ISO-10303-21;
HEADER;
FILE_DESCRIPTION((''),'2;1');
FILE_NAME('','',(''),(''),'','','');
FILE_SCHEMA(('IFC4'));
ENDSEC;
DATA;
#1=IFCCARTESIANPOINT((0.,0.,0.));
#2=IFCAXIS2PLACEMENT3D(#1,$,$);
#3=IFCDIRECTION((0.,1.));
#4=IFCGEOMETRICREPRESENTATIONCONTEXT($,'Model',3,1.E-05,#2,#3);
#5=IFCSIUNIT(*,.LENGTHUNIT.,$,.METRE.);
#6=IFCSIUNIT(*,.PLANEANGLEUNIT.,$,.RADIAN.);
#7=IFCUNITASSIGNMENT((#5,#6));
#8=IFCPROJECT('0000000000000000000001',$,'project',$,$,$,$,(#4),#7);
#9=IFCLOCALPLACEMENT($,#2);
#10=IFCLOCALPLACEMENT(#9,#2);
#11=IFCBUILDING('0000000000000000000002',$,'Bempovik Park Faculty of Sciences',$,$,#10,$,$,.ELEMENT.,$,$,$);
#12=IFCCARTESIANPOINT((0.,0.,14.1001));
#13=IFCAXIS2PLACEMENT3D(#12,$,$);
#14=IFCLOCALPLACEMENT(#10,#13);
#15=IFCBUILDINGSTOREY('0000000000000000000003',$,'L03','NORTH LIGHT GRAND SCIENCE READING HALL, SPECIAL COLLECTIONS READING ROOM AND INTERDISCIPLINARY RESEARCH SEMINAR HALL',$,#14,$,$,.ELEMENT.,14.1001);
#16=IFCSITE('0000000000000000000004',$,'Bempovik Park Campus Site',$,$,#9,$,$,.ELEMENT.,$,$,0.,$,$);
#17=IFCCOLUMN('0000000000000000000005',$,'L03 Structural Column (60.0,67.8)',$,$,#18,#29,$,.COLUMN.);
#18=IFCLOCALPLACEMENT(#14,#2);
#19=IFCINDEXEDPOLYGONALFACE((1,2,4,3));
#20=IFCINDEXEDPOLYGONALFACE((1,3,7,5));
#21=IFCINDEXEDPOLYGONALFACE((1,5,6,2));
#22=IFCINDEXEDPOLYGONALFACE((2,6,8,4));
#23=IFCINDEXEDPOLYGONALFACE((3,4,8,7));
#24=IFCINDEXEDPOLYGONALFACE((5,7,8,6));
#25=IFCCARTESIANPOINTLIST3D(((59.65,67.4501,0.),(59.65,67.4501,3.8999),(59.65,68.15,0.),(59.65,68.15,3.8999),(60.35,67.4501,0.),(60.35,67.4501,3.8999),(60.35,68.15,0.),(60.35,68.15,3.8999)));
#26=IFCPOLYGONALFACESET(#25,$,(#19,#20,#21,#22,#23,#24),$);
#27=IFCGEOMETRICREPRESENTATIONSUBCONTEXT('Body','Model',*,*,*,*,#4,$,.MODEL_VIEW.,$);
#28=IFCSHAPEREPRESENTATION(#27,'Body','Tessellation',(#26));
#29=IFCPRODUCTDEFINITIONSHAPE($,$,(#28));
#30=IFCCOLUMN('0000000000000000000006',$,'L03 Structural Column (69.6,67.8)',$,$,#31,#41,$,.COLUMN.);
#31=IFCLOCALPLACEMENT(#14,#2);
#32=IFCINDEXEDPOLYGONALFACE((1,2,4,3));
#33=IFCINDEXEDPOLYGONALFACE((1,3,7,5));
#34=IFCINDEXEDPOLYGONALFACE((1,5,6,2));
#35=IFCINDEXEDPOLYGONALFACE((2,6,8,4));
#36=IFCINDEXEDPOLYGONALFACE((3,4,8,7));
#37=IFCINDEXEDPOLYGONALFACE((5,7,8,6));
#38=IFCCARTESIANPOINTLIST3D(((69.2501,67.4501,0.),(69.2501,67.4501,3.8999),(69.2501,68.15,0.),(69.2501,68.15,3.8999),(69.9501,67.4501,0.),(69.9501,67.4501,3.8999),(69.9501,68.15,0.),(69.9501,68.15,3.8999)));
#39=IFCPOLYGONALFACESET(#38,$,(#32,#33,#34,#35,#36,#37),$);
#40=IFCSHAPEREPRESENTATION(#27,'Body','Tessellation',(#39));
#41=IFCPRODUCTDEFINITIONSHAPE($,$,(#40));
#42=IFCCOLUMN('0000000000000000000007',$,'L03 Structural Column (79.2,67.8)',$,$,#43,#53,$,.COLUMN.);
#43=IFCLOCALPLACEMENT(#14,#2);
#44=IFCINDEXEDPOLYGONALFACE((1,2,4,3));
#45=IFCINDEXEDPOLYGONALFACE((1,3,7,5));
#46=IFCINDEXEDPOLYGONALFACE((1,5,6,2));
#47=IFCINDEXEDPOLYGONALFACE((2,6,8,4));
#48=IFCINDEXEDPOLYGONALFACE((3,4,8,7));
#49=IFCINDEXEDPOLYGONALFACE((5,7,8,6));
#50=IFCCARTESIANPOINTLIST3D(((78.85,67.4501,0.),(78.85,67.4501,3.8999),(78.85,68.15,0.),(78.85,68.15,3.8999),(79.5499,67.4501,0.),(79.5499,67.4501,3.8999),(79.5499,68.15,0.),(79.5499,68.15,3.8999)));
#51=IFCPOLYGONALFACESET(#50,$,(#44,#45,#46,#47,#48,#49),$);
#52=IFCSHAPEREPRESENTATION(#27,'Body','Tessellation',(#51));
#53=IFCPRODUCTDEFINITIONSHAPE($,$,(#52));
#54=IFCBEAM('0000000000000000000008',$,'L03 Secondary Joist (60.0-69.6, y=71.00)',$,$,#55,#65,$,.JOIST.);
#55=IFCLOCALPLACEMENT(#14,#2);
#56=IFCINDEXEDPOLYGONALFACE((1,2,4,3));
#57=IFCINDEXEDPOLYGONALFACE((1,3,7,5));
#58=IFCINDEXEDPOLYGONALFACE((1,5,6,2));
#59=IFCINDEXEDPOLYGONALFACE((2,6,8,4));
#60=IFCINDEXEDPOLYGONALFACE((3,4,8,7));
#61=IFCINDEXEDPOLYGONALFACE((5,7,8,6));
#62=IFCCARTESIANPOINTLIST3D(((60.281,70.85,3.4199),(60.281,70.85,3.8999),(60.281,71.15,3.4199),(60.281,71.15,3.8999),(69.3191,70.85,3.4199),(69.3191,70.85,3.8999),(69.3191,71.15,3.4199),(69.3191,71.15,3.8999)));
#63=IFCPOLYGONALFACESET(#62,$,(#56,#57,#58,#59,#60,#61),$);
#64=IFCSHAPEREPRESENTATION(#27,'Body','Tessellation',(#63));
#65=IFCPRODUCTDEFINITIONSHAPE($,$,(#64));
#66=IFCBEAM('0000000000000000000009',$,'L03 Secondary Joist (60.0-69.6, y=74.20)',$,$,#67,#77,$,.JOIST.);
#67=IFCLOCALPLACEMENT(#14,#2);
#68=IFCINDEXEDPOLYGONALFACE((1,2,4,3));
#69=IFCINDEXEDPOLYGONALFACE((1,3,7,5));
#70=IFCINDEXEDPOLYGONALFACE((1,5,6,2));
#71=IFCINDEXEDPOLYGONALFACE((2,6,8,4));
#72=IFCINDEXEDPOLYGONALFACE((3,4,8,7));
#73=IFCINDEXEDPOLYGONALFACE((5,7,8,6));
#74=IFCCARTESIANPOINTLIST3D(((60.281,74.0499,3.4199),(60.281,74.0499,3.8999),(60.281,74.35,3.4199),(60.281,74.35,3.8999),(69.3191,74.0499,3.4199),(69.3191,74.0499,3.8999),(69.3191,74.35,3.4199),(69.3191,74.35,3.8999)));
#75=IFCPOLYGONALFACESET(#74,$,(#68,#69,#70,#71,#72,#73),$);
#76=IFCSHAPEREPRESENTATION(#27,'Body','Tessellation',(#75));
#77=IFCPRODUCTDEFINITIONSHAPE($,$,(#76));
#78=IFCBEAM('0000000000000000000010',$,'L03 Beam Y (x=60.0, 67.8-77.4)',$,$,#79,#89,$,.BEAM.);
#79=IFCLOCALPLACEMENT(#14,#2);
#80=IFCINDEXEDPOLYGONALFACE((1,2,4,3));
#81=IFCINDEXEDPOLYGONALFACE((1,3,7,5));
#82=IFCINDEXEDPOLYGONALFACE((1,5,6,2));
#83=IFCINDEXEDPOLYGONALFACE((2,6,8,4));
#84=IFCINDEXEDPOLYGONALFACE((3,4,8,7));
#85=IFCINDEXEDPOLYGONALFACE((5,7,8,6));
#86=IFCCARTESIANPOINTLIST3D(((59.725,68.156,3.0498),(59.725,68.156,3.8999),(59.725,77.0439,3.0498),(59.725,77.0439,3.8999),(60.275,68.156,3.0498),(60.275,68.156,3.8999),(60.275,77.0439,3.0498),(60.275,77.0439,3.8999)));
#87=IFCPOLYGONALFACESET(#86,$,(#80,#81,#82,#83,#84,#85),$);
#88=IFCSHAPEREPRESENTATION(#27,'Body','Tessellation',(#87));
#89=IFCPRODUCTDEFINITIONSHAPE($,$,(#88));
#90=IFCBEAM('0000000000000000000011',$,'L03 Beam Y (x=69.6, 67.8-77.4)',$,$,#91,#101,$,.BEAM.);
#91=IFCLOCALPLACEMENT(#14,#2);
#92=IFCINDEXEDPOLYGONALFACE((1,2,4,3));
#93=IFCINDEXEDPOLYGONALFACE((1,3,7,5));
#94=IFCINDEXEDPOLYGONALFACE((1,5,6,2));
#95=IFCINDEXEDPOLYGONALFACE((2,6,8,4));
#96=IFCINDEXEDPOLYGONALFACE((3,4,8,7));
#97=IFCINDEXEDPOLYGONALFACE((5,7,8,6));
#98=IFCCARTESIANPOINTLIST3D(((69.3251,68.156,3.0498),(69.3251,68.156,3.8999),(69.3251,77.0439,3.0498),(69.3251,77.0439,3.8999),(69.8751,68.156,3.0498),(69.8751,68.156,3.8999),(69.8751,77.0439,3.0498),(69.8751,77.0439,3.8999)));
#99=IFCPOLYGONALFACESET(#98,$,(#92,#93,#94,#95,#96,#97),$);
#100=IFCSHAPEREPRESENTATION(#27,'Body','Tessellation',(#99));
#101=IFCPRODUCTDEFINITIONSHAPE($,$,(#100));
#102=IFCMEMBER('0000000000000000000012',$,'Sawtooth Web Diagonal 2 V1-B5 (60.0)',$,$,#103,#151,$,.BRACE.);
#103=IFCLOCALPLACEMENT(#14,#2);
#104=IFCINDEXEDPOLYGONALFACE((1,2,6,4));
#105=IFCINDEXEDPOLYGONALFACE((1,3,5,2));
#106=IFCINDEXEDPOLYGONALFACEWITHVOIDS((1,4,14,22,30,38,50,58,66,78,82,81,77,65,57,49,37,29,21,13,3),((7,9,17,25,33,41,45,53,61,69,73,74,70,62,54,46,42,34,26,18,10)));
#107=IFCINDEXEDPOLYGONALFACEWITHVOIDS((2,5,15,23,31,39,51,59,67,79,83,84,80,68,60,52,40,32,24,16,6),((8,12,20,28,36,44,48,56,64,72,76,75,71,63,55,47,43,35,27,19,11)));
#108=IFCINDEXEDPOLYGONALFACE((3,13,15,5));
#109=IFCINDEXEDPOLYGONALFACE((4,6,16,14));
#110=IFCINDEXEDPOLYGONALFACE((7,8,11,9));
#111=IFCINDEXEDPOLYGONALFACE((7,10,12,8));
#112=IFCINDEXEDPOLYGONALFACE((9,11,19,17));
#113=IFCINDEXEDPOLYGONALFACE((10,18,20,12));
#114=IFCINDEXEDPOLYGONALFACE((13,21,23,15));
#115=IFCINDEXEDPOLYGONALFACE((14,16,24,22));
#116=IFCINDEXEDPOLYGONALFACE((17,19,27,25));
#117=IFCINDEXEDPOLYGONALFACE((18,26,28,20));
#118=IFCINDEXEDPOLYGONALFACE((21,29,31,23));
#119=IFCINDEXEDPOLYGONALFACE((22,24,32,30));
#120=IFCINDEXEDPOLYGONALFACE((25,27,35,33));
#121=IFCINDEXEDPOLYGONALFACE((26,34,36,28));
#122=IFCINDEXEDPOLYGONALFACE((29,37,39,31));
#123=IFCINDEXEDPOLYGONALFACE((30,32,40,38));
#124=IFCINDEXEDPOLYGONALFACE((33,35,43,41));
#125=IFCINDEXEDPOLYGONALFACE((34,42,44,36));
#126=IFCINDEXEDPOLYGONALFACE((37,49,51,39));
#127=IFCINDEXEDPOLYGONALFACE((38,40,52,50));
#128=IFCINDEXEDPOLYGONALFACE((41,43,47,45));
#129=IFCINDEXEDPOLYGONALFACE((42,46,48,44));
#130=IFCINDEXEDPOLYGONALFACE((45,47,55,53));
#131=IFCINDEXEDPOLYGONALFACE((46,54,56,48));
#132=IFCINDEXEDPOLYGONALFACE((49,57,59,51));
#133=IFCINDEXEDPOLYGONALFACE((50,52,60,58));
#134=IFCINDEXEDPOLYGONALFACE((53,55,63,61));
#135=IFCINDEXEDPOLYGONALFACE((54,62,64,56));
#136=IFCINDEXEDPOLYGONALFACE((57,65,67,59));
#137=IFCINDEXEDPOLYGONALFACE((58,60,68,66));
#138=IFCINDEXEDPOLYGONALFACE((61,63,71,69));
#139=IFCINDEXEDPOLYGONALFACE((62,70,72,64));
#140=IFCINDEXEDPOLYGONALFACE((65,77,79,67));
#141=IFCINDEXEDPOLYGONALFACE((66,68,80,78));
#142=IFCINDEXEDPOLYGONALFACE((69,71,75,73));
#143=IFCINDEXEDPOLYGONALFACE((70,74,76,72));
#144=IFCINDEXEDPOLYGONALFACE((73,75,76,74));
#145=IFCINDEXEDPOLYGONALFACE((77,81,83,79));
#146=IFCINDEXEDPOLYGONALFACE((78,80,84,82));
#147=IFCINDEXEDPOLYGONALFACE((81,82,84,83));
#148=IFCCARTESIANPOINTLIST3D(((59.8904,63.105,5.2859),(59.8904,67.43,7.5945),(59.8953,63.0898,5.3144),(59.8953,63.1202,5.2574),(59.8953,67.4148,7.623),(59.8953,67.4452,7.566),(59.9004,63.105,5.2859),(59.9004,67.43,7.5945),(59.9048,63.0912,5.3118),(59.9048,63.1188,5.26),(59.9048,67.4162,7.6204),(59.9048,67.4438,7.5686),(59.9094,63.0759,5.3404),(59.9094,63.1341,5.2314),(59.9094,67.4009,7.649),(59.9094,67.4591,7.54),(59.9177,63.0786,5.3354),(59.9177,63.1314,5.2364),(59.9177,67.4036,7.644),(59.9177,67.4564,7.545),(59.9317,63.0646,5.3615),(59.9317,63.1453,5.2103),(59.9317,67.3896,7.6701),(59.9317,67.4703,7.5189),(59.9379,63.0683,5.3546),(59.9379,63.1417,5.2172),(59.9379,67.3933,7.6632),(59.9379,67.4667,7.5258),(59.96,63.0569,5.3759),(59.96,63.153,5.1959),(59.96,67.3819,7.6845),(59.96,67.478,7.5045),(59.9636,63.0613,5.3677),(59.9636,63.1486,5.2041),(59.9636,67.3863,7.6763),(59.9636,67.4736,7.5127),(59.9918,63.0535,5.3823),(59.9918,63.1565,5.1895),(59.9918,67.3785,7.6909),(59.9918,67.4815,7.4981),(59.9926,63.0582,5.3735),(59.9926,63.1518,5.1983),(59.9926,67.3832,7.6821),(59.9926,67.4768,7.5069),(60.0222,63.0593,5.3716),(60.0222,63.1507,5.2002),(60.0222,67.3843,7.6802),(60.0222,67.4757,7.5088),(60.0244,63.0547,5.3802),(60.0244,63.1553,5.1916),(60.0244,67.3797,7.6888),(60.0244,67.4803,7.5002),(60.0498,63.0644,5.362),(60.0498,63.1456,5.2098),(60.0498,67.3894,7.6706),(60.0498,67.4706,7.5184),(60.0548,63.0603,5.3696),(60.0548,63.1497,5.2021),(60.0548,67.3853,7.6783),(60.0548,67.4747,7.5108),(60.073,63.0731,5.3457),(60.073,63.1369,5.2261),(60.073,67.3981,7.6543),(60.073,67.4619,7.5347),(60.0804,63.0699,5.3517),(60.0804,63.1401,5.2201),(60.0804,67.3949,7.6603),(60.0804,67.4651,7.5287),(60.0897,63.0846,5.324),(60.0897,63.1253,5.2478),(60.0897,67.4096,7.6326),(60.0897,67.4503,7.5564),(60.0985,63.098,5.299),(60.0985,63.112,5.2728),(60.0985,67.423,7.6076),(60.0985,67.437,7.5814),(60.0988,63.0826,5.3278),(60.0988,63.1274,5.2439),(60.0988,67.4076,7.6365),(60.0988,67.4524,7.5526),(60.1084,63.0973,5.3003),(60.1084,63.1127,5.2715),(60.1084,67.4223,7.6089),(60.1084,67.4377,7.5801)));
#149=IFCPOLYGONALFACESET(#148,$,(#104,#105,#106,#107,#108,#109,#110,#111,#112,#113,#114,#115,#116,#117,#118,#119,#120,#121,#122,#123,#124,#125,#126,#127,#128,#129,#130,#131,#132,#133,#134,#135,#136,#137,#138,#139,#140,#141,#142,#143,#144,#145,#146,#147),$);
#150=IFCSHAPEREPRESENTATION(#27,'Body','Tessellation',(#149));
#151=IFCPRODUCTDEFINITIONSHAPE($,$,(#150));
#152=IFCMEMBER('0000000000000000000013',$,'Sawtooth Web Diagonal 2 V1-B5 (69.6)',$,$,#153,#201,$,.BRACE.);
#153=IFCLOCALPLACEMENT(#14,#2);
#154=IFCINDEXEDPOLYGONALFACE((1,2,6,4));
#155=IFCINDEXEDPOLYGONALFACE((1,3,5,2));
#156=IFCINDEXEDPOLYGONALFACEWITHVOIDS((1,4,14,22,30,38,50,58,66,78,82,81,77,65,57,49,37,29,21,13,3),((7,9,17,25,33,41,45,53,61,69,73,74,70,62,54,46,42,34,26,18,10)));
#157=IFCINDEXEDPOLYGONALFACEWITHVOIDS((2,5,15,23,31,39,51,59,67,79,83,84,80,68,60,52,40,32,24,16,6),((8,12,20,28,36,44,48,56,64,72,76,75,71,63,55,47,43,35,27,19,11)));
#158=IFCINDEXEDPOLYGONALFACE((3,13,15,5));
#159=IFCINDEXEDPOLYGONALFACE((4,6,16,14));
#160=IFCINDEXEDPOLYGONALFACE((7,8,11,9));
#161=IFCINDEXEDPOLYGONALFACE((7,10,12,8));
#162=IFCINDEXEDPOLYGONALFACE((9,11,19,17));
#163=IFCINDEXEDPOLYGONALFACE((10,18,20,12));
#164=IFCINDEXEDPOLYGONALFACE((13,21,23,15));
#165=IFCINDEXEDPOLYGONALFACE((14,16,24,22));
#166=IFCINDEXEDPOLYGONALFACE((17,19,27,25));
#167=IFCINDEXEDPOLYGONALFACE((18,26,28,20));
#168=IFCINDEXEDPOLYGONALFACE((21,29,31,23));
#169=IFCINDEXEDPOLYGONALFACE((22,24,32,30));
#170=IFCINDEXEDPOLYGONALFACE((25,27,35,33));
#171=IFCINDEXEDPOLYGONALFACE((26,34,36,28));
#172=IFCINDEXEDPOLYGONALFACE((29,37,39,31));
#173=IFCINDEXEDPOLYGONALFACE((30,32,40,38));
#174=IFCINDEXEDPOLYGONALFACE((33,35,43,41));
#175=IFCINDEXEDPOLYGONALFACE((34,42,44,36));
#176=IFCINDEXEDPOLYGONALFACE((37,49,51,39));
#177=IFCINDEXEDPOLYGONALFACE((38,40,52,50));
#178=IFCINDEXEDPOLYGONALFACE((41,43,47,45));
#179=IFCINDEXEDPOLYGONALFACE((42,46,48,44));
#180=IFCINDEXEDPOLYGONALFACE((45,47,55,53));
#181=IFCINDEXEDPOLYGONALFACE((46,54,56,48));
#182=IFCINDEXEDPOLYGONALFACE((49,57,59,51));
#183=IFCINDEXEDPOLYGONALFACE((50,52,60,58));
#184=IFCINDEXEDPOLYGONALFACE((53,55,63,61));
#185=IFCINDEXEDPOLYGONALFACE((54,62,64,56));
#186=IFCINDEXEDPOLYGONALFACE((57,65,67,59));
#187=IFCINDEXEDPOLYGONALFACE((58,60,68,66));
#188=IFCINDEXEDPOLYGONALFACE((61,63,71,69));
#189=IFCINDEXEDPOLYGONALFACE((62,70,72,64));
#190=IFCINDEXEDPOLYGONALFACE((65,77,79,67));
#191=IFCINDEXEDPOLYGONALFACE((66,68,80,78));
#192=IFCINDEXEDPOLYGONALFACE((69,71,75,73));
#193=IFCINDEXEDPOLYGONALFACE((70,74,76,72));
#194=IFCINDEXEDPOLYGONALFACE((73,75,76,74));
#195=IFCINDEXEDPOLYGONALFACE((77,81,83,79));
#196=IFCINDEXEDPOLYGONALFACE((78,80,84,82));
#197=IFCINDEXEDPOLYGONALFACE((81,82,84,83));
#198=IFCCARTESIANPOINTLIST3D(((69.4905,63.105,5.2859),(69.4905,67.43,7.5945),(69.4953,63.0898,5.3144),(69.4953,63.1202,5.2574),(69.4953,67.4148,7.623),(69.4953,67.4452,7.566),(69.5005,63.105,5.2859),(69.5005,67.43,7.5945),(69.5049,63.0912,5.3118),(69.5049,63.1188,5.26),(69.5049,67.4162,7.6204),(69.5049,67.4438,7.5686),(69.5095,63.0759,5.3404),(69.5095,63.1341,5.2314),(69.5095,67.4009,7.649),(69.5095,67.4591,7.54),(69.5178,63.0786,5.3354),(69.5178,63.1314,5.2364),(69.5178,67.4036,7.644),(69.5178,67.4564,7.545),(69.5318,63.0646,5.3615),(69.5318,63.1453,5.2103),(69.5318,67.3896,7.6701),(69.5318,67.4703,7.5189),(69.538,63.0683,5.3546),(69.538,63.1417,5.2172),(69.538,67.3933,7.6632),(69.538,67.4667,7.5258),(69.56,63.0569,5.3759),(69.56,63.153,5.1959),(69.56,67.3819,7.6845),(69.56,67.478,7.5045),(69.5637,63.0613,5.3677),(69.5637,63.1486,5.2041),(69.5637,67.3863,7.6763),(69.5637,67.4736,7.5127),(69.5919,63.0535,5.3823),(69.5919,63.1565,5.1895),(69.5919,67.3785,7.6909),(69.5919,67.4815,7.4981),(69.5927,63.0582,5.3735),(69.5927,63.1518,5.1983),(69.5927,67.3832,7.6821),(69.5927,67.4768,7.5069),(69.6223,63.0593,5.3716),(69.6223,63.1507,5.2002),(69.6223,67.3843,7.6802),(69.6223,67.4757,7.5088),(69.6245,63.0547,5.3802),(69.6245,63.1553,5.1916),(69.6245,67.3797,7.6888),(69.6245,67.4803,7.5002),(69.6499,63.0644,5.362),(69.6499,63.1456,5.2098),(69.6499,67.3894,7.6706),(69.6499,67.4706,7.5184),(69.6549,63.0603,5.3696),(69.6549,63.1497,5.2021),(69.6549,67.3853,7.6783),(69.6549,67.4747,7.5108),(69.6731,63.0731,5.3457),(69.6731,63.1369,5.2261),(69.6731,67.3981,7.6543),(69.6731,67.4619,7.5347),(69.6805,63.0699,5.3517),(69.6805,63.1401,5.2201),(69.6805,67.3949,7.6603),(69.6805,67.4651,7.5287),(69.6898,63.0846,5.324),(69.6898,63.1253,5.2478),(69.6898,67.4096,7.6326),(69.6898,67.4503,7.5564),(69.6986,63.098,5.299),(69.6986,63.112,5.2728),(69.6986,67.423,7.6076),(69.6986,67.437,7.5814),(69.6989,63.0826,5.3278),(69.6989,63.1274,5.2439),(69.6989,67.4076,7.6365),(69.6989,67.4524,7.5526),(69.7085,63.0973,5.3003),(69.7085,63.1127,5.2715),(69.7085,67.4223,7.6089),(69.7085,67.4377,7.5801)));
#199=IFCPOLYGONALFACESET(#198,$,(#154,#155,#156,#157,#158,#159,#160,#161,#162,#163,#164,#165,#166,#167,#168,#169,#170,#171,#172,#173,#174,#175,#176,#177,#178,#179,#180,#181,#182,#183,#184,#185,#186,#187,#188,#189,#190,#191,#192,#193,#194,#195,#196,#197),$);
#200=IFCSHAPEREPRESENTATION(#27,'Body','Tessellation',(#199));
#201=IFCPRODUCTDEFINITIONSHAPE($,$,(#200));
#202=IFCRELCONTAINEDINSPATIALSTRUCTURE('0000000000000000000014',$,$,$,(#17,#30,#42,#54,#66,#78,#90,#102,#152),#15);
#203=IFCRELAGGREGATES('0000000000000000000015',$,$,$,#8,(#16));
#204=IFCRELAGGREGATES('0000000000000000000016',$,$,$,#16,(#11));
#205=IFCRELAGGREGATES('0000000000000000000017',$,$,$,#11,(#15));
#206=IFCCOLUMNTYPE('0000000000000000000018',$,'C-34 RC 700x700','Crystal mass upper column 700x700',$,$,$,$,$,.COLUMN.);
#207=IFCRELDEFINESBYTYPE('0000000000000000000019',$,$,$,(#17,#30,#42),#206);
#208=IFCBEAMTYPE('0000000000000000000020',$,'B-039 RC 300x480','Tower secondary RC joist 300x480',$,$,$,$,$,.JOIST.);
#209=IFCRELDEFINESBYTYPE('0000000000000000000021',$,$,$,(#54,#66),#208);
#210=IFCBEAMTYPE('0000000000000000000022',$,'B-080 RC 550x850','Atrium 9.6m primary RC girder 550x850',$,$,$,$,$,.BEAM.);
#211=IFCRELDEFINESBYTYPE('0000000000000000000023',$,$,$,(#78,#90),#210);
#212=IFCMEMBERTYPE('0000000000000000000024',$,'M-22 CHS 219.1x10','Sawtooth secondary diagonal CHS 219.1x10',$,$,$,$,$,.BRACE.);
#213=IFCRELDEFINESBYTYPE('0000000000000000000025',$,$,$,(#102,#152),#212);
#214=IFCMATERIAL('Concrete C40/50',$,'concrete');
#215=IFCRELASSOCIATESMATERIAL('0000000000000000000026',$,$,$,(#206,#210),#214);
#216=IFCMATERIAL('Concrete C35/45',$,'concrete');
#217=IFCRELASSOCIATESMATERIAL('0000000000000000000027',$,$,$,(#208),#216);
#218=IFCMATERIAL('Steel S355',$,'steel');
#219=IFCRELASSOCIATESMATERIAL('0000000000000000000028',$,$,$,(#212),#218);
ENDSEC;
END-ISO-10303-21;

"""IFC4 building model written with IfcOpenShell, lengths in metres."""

from ifc_helpers import new_model, si_unit, direction, frame, origin, origin_2d, place, context, subcontext, project, spatial, rectangle, hollow_circle, extrude, material, material_profile, profile_set, type_object, element, save


model = new_model("IFC4")

# Units and contexts
model_context = context("Model", 3, precision=1e-05, world=origin(), true_north=direction((0.0, 1.0)))
body_context = subcontext(model_context, "Body", "Model", "MODEL_VIEW")
ifc_project = project(units=[si_unit("LENGTHUNIT", "METRE"), si_unit("PLANEANGLEUNIT", "RADIAN")], contexts=[model_context])

# Site, building, storey
site_placement = place(None, origin())
site = spatial("IfcSite", under=ifc_project, at=site_placement, Name="Bempovik Park Campus Site", CompositionType="ELEMENT", RefElevation=0.0)
building_placement = place(site_placement, origin())
building = spatial("IfcBuilding", under=site, at=building_placement, Name="Bempovik Park Faculty of Sciences", CompositionType="ELEMENT")
storey_placement = place(building_placement, frame((0.0, 0.0, 14.1001)))
storey = spatial("IfcBuildingStorey", under=building, at=storey_placement, Name="L03", Description="NORTH LIGHT GRAND SCIENCE READING HALL, SPECIAL COLLECTIONS READING ROOM AND INTERDISCIPLINARY RESEARCH SEMINAR HALL", CompositionType="ELEMENT", Elevation=14.1001)

# Columns
ifc_material_1 = material(Name="Concrete C40/50", Category="concrete")
ifc_material_profile_1 = material_profile(ifc_material_1, rectangle(XDim=0.7, YDim=0.7, at=origin_2d()), Name="RC 700x700")
ifc_profile_set_1 = profile_set([ifc_material_profile_1], Name="Concrete C40/50")
column_type = type_object("IfcColumnType", Name="C-34 RC 700x700", Description="Crystal mass upper column 700x700", PredefinedType="COLUMN", material=ifc_profile_set_1)
for number, where, z_axis, x_axis, name in (
    (1, (60.0, 67.8, 0.0), (0.0, 0.0, 1.0), (1.0, 0.0, 0.0), "L03 Structural Column (60.0,67.8)"),
    (2, (69.6001, 67.8, 0.0), (0.0, 0.0, 1.0), (1.0, 0.0, 0.0), "L03 Structural Column (69.6,67.8)"),
    (3, (79.2, 67.8, 0.0), (0.0, 0.0, 1.0), (1.0, 0.0, 0.0), "L03 Structural Column (79.2,67.8)"),
):
    element("IfcColumn", number, at=place(storey_placement, frame(where, z_axis=z_axis, x_axis=x_axis)), inside=storey, type_object=column_type, Name=name, PredefinedType="COLUMN", context=body_context, shape_type="SweptSolid", body=[
        extrude(rectangle(XDim=0.7, YDim=0.7, at=origin_2d()), origin(), (0.0, 0.0, 1.0), 3.8999),
    ])

# Beams
ifc_material_2 = material(Name="Concrete C35/45", Category="concrete")
ifc_material_profile_2 = material_profile(ifc_material_2, rectangle(XDim=0.3, YDim=0.48, at=origin_2d()), Name="RC 300x480")
ifc_profile_set_2 = profile_set([ifc_material_profile_2], Name="Concrete C35/45")
beam_type_1 = type_object("IfcBeamType", Name="B-039 RC 300x480", Description="Tower secondary RC joist 300x480", PredefinedType="JOIST", material=ifc_profile_set_2)
for number, where, z_axis, x_axis, name in (
    (4, (60.281, 71.0, 3.6599), (1.0, 0.0, 0.0), (0.0, 1.0, 0.0), "L03 Secondary Joist (60.0-69.6, y=71.00)"),
    (5, (60.281, 74.2, 3.6599), (1.0, 0.0, 0.0), (0.0, 1.0, 0.0), "L03 Secondary Joist (60.0-69.6, y=74.20)"),
):
    element("IfcBeam", number, at=place(storey_placement, frame(where, z_axis=z_axis, x_axis=x_axis)), inside=storey, type_object=beam_type_1, Name=name, PredefinedType="JOIST", context=body_context, shape_type="SweptSolid", body=[
        extrude(rectangle(XDim=0.3, YDim=0.48, at=origin_2d()), origin(), (0.0, 0.0, 1.0), 9.0381),
    ])
ifc_material_profile_3 = material_profile(ifc_material_1, rectangle(XDim=0.55, YDim=0.8501, at=origin_2d()), Name="RC 550x850")
ifc_profile_set_3 = profile_set([ifc_material_profile_3], Name="Concrete C40/50")
beam_type_2 = type_object("IfcBeamType", Name="B-080 RC 550x850", Description="Atrium 9.6m primary RC girder 550x850", PredefinedType="BEAM", material=ifc_profile_set_3)
for number, where, z_axis, x_axis, name in (
    (6, (60.0, 68.156, 3.4749), (0.0, 1.0, 0.0), (-1.0, 0.0, 0.0), "L03 Beam Y (x=60.0, 67.8-77.4)"),
    (7, (69.6001, 68.156, 3.4749), (0.0, 1.0, 0.0), (-1.0, 0.0, 0.0), "L03 Beam Y (x=69.6, 67.8-77.4)"),
):
    element("IfcBeam", number, at=place(storey_placement, frame(where, z_axis=z_axis, x_axis=x_axis)), inside=storey, type_object=beam_type_2, Name=name, PredefinedType="BEAM", context=body_context, shape_type="SweptSolid", body=[
        extrude(rectangle(XDim=0.55, YDim=0.8501, at=origin_2d()), origin(), (0.0, 0.0, 1.0), 8.8879),
    ])

# Members
ifc_material_3 = material(Name="Steel S355", Category="steel")
ifc_material_profile_4 = material_profile(ifc_material_3, hollow_circle(Radius=0.1096, WallThickness=0.01, at=origin_2d()), Name="CHS 219.1x10")
ifc_profile_set_4 = profile_set([ifc_material_profile_4], Name="Steel S355")
member_type_1 = type_object("IfcMemberType", Name="M-22 CHS 219.1x10", Description="Sawtooth secondary diagonal CHS 219.1x10", PredefinedType="BRACE", material=ifc_profile_set_4)
for number, where, z_axis, x_axis, name in (
    (8, (60.0, 63.105, 5.2859), (0.0, 0.882187, 0.470898), (-1.0, 0.0, 0.0), "Sawtooth Web Diagonal 2 V1-B5 (60.0)"),
    (9, (69.6001, 63.105, 5.2859), (0.0, 0.882187, 0.470898), (-1.0, 0.0, 0.0), "Sawtooth Web Diagonal 2 V1-B5 (69.6)"),
):
    element("IfcMember", number, at=place(storey_placement, frame(where, z_axis=z_axis, x_axis=x_axis)), inside=storey, type_object=member_type_1, Name=name, PredefinedType="BRACE", context=body_context, shape_type="SweptSolid", body=[
        extrude(hollow_circle(Radius=0.1096, WallThickness=0.01, at=origin_2d()), origin(), (0.0, 0.0, 1.0), 4.9026),
    ])

save(model, "model.ifc")
